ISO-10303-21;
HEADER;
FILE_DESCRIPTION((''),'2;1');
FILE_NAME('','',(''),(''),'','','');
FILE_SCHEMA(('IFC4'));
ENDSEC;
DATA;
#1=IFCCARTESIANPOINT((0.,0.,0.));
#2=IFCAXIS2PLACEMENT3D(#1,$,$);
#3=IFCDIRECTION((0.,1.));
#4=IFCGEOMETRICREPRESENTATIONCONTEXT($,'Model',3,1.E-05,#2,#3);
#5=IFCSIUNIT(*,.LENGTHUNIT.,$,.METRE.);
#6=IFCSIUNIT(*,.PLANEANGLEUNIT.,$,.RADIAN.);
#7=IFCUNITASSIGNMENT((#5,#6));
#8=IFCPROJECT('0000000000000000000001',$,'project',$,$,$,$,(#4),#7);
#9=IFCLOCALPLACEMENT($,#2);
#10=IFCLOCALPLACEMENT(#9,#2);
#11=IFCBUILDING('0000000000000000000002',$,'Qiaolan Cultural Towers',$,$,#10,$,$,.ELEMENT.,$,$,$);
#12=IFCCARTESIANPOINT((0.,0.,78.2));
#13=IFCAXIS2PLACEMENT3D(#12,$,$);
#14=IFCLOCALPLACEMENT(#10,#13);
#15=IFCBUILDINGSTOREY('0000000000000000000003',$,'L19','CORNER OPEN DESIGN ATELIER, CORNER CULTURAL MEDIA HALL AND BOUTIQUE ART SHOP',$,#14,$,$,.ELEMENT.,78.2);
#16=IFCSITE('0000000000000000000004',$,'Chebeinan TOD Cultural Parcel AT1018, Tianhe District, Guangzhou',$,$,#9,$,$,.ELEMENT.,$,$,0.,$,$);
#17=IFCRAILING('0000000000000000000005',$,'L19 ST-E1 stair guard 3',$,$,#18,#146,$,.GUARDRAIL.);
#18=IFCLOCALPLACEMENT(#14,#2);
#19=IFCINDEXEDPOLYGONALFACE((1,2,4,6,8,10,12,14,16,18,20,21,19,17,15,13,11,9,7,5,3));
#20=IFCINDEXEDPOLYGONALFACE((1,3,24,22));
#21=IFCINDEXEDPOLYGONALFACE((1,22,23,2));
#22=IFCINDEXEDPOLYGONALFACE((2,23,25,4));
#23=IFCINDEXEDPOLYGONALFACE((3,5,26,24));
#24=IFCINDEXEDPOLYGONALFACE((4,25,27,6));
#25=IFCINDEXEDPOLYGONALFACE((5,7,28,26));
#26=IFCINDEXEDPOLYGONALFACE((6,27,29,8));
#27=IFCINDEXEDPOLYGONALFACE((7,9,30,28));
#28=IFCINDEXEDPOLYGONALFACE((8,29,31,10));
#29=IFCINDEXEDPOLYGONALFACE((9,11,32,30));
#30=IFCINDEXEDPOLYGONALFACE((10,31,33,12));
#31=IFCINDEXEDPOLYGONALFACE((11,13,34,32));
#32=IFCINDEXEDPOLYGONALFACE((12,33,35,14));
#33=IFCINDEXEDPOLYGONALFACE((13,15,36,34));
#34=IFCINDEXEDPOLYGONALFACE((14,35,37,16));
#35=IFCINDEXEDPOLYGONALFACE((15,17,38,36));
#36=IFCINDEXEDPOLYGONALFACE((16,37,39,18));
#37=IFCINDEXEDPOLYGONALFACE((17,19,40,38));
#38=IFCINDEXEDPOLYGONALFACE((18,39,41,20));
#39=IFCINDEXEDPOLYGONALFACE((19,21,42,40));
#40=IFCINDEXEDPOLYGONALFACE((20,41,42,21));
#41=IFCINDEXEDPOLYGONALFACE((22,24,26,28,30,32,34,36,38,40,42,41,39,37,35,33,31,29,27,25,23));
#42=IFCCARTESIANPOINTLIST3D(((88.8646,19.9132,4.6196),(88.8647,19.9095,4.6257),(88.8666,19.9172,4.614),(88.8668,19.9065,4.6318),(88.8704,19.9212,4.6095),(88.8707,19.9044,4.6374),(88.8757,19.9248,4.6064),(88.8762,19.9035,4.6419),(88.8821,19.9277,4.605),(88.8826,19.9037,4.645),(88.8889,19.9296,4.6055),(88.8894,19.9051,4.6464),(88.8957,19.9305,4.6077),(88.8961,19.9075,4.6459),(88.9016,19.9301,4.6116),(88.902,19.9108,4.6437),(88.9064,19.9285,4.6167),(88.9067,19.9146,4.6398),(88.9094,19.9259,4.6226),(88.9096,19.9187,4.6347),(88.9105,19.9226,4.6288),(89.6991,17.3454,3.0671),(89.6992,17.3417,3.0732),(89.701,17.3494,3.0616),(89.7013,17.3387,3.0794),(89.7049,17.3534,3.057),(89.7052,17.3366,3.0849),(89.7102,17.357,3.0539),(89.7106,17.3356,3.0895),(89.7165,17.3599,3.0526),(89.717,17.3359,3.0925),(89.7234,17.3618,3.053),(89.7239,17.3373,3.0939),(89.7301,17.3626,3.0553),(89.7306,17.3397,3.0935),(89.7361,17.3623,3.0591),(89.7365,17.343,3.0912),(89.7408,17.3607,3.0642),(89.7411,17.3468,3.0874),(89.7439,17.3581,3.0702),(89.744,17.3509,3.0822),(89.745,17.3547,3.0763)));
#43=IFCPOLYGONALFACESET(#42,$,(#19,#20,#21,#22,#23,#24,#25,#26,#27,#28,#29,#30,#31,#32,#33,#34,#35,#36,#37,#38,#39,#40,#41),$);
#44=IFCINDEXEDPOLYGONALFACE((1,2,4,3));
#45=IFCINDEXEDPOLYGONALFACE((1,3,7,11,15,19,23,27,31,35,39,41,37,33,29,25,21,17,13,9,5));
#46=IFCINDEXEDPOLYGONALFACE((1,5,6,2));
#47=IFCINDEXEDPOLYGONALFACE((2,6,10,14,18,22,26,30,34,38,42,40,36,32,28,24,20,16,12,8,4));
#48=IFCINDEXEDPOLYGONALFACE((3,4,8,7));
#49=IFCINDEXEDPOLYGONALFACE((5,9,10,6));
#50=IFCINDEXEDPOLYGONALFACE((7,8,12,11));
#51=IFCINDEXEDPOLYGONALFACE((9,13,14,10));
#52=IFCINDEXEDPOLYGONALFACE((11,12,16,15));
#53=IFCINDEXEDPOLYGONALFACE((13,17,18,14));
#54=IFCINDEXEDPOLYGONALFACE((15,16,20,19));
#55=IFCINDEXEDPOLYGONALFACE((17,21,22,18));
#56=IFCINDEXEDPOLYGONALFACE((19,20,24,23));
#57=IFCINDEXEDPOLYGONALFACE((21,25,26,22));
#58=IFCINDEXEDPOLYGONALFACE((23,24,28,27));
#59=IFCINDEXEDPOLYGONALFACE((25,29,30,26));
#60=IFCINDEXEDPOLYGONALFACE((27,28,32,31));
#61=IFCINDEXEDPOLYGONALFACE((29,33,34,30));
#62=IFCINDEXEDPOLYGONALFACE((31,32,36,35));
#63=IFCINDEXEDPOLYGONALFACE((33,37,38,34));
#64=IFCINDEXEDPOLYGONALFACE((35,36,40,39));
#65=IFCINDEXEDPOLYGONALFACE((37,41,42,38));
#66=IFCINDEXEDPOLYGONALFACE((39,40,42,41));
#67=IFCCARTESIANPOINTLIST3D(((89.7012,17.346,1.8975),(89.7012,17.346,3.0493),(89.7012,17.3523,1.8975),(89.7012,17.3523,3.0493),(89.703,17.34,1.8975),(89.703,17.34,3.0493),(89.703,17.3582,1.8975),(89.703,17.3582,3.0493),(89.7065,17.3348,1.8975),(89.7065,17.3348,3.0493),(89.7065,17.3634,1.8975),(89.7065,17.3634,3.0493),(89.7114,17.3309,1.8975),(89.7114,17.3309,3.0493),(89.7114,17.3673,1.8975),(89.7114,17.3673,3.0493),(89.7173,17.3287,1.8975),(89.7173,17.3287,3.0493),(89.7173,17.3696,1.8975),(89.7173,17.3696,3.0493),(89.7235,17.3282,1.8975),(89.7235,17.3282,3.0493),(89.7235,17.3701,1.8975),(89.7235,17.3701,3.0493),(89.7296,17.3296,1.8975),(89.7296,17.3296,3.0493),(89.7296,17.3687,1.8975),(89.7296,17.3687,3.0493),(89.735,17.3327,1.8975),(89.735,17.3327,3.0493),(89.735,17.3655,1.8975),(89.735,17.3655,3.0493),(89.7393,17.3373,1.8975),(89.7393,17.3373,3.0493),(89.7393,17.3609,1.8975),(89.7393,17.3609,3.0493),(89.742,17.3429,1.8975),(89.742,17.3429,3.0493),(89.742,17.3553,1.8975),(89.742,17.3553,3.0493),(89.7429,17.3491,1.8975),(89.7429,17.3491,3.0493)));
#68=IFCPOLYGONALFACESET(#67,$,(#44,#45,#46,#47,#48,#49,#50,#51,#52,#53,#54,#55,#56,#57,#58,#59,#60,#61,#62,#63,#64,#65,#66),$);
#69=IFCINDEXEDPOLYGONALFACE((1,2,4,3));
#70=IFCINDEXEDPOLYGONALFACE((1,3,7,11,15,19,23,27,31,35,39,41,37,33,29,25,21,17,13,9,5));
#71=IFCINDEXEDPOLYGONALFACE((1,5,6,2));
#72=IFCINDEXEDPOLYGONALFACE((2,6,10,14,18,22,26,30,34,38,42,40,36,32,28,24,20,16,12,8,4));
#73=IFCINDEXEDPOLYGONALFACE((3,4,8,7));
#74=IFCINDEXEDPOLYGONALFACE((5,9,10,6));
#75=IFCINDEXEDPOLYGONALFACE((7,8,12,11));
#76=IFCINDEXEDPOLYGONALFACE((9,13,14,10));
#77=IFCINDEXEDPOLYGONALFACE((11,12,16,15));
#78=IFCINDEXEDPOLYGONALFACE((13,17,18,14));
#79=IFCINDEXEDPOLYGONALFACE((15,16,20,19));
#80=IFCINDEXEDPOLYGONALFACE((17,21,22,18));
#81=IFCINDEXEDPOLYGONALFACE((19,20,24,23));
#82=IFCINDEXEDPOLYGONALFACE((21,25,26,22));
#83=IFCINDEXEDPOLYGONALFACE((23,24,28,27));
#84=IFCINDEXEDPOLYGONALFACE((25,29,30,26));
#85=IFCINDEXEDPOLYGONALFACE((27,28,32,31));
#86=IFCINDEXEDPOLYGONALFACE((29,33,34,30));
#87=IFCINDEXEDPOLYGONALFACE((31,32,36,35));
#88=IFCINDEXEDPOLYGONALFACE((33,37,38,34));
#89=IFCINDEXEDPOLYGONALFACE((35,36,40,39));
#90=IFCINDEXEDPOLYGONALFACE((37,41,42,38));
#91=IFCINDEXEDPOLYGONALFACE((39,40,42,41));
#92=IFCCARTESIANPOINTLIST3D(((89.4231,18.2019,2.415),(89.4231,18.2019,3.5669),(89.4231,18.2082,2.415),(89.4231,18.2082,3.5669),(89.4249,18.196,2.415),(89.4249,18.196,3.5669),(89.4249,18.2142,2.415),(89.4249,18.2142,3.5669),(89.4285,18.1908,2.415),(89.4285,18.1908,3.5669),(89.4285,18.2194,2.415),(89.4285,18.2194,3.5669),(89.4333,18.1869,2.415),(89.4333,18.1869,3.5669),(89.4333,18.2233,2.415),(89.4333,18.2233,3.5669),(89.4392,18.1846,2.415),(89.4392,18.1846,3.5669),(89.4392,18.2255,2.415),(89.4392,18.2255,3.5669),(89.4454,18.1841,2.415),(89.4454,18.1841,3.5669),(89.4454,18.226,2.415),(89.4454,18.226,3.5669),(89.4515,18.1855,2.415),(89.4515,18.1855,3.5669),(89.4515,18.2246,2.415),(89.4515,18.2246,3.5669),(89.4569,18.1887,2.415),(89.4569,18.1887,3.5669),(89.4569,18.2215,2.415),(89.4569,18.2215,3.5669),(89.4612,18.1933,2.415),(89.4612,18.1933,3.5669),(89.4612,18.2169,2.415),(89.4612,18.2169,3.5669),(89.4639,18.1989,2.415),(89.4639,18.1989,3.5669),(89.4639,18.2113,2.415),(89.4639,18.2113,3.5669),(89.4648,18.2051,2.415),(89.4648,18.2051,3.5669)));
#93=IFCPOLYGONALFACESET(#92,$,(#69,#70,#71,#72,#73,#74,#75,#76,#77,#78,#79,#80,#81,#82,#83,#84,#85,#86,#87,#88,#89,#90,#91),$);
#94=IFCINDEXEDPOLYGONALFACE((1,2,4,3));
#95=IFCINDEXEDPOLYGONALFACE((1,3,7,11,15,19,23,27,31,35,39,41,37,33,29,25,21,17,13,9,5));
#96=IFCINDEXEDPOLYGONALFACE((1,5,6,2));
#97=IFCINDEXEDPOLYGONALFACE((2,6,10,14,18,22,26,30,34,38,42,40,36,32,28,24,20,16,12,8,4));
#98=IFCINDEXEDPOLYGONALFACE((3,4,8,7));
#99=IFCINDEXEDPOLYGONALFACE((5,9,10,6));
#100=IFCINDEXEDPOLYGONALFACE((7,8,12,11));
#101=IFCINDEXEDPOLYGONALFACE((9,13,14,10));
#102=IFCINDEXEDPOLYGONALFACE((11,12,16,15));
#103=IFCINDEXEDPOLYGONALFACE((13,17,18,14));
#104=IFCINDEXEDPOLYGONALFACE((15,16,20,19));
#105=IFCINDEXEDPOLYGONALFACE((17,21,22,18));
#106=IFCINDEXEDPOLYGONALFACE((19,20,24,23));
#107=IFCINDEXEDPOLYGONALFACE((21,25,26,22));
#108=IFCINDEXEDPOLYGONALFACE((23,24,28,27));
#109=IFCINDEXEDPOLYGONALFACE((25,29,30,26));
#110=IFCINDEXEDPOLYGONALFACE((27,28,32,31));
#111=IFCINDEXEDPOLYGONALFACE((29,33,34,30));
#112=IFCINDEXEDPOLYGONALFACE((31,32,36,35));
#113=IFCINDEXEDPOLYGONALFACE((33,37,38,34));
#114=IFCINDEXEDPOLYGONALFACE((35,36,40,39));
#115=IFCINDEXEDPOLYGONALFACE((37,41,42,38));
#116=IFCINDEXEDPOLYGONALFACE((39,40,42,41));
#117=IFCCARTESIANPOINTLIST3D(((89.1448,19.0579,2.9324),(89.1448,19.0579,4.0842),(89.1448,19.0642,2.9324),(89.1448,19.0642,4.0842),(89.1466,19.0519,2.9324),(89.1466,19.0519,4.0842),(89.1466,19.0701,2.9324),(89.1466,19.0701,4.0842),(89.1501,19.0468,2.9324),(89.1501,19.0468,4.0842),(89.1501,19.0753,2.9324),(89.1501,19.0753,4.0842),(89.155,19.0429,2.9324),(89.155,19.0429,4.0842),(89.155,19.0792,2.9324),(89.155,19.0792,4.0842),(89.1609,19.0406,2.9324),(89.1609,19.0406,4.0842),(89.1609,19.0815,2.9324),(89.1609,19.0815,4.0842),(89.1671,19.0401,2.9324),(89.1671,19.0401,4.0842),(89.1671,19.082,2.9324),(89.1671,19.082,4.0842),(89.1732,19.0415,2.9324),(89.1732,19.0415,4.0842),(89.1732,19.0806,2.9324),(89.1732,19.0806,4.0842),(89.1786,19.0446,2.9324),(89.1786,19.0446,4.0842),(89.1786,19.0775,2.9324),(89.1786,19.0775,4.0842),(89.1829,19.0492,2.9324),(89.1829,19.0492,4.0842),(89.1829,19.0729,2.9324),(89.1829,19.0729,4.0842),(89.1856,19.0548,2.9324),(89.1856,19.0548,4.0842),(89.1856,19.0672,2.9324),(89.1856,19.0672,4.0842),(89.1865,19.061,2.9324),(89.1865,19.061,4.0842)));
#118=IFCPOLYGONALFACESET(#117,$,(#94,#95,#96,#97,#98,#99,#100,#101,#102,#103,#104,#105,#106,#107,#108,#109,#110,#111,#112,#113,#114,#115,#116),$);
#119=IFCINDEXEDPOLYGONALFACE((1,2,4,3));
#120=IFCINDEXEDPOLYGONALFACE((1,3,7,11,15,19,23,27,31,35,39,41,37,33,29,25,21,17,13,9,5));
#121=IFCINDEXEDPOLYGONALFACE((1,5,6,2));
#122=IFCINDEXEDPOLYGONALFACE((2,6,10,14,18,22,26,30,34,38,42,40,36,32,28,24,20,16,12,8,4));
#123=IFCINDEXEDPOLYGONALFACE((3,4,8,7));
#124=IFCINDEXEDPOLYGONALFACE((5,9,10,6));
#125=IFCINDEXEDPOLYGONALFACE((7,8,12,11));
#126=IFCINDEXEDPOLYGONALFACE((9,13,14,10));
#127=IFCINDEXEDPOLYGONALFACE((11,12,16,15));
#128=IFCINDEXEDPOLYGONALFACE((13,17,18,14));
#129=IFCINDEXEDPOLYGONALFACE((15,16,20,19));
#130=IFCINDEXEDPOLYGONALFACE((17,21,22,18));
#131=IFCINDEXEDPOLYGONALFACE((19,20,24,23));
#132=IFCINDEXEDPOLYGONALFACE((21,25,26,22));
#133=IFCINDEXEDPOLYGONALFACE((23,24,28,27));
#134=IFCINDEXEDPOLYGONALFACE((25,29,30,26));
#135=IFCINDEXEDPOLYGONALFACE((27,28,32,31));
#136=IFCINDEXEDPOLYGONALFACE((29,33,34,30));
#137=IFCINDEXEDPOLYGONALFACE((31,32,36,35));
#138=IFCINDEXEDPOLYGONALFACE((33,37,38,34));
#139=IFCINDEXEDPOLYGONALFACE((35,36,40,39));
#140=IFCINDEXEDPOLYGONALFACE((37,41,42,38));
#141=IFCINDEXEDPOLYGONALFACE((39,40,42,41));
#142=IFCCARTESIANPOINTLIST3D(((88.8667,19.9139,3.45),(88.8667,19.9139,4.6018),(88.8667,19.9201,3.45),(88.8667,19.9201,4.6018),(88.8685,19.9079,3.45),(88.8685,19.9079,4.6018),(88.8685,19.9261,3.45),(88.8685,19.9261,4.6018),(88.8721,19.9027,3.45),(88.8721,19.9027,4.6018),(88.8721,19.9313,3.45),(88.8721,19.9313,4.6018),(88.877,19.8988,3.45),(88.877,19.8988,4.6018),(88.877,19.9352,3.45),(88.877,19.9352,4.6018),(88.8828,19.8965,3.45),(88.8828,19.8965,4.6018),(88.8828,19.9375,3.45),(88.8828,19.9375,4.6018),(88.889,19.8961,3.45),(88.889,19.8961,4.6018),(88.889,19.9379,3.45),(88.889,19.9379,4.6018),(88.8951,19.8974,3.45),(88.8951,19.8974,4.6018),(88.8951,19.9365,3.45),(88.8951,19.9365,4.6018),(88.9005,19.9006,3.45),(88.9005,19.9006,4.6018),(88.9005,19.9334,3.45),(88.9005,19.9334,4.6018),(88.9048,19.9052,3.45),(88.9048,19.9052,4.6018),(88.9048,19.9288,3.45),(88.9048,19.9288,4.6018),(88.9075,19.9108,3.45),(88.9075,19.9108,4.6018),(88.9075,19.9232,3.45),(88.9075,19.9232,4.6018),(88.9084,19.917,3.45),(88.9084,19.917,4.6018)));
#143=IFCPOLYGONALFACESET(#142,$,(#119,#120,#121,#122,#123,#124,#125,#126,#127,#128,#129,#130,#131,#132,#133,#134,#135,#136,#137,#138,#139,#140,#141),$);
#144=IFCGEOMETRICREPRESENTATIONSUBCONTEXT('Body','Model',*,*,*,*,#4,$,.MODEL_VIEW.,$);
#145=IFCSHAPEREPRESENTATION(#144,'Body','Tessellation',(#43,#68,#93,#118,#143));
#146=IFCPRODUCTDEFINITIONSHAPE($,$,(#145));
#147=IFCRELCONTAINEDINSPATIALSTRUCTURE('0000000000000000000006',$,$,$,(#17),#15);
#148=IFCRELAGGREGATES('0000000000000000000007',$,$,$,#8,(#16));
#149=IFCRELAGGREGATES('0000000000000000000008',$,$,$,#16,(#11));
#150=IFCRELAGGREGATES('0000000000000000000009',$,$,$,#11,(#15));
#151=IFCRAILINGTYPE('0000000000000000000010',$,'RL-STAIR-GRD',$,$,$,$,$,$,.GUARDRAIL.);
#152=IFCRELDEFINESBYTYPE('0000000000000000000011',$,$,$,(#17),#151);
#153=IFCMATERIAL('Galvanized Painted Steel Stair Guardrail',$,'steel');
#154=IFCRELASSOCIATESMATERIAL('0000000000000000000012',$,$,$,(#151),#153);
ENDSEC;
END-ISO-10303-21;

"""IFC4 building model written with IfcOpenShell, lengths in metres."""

from ifc_helpers import new_model, si_unit, direction, frame, origin, origin_2d, place, context, subcontext, project, spatial, circle, extrude, material, type_object, element, save


model = new_model("IFC4")

# Units and contexts
model_context = context("Model", 3, precision=1e-05, world=origin(), true_north=direction((0.0, 1.0)))
body_context = subcontext(model_context, "Body", "Model", "MODEL_VIEW")
ifc_project = project(units=[si_unit("LENGTHUNIT", "METRE"), si_unit("PLANEANGLEUNIT", "RADIAN")], contexts=[model_context])

# Site, building, storey
site_placement = place(None, origin())
site = spatial("IfcSite", under=ifc_project, at=site_placement, Name="Chebeinan TOD Cultural Parcel AT1018, Tianhe District, Guangzhou", CompositionType="ELEMENT", RefElevation=0.0)
building_placement = place(site_placement, origin())
building = spatial("IfcBuilding", under=site, at=building_placement, Name="Qiaolan Cultural Towers", CompositionType="ELEMENT")
storey_placement = place(building_placement, frame((0.0, 0.0, 78.2)))
storey = spatial("IfcBuildingStorey", under=building, at=storey_placement, Name="L19", Description="CORNER OPEN DESIGN ATELIER, CORNER CULTURAL MEDIA HALL AND BOUTIQUE ART SHOP", CompositionType="ELEMENT", Elevation=78.2)

# Railing
ifc_material_1 = material(Name="Galvanized Painted Steel Stair Guardrail", Category="steel")
railing_type = type_object("IfcRailingType", Name="RL-STAIR-GRD", PredefinedType="GUARDRAIL", material=ifc_material_1)
railing_1_placement = place(storey_placement, frame((89.7219, 17.3491, 1.8975)))
element("IfcRailing", 1, at=railing_1_placement, inside=storey, type_object=railing_type, Name="L19 ST-E1 stair guard 3", PredefinedType="GUARDRAIL", context=body_context, shape_type="SweptSolid", body=[
    extrude(circle(Radius=0.0239, at=origin_2d()), frame((0.0, 0.0, 1.1758), z_axis=(-0.267926, 0.824471, 0.498461), x_axis=(-0.951043, -0.309057, 0.0)), (0.0, 0.0, 1.0), 3.1145),
    extrude(circle(Radius=0.021, at=origin_2d()), origin(), (0.0, 0.0, 1.0), 1.1519),
    extrude(circle(Radius=0.021, at=origin_2d()), frame((-0.2781, 0.856, 0.5176)), (0.0, 0.0, 1.0), 1.1519),
    extrude(circle(Radius=0.021, at=origin_2d()), frame((-0.5564, 1.7119, 1.0349)), (0.0, 0.0, 1.0), 1.1519),
    extrude(circle(Radius=0.021, at=origin_2d()), frame((-0.8345, 2.5679, 1.5525)), (0.0, 0.0, 1.0), 1.1519),
])

save(model, "model.ifc")
